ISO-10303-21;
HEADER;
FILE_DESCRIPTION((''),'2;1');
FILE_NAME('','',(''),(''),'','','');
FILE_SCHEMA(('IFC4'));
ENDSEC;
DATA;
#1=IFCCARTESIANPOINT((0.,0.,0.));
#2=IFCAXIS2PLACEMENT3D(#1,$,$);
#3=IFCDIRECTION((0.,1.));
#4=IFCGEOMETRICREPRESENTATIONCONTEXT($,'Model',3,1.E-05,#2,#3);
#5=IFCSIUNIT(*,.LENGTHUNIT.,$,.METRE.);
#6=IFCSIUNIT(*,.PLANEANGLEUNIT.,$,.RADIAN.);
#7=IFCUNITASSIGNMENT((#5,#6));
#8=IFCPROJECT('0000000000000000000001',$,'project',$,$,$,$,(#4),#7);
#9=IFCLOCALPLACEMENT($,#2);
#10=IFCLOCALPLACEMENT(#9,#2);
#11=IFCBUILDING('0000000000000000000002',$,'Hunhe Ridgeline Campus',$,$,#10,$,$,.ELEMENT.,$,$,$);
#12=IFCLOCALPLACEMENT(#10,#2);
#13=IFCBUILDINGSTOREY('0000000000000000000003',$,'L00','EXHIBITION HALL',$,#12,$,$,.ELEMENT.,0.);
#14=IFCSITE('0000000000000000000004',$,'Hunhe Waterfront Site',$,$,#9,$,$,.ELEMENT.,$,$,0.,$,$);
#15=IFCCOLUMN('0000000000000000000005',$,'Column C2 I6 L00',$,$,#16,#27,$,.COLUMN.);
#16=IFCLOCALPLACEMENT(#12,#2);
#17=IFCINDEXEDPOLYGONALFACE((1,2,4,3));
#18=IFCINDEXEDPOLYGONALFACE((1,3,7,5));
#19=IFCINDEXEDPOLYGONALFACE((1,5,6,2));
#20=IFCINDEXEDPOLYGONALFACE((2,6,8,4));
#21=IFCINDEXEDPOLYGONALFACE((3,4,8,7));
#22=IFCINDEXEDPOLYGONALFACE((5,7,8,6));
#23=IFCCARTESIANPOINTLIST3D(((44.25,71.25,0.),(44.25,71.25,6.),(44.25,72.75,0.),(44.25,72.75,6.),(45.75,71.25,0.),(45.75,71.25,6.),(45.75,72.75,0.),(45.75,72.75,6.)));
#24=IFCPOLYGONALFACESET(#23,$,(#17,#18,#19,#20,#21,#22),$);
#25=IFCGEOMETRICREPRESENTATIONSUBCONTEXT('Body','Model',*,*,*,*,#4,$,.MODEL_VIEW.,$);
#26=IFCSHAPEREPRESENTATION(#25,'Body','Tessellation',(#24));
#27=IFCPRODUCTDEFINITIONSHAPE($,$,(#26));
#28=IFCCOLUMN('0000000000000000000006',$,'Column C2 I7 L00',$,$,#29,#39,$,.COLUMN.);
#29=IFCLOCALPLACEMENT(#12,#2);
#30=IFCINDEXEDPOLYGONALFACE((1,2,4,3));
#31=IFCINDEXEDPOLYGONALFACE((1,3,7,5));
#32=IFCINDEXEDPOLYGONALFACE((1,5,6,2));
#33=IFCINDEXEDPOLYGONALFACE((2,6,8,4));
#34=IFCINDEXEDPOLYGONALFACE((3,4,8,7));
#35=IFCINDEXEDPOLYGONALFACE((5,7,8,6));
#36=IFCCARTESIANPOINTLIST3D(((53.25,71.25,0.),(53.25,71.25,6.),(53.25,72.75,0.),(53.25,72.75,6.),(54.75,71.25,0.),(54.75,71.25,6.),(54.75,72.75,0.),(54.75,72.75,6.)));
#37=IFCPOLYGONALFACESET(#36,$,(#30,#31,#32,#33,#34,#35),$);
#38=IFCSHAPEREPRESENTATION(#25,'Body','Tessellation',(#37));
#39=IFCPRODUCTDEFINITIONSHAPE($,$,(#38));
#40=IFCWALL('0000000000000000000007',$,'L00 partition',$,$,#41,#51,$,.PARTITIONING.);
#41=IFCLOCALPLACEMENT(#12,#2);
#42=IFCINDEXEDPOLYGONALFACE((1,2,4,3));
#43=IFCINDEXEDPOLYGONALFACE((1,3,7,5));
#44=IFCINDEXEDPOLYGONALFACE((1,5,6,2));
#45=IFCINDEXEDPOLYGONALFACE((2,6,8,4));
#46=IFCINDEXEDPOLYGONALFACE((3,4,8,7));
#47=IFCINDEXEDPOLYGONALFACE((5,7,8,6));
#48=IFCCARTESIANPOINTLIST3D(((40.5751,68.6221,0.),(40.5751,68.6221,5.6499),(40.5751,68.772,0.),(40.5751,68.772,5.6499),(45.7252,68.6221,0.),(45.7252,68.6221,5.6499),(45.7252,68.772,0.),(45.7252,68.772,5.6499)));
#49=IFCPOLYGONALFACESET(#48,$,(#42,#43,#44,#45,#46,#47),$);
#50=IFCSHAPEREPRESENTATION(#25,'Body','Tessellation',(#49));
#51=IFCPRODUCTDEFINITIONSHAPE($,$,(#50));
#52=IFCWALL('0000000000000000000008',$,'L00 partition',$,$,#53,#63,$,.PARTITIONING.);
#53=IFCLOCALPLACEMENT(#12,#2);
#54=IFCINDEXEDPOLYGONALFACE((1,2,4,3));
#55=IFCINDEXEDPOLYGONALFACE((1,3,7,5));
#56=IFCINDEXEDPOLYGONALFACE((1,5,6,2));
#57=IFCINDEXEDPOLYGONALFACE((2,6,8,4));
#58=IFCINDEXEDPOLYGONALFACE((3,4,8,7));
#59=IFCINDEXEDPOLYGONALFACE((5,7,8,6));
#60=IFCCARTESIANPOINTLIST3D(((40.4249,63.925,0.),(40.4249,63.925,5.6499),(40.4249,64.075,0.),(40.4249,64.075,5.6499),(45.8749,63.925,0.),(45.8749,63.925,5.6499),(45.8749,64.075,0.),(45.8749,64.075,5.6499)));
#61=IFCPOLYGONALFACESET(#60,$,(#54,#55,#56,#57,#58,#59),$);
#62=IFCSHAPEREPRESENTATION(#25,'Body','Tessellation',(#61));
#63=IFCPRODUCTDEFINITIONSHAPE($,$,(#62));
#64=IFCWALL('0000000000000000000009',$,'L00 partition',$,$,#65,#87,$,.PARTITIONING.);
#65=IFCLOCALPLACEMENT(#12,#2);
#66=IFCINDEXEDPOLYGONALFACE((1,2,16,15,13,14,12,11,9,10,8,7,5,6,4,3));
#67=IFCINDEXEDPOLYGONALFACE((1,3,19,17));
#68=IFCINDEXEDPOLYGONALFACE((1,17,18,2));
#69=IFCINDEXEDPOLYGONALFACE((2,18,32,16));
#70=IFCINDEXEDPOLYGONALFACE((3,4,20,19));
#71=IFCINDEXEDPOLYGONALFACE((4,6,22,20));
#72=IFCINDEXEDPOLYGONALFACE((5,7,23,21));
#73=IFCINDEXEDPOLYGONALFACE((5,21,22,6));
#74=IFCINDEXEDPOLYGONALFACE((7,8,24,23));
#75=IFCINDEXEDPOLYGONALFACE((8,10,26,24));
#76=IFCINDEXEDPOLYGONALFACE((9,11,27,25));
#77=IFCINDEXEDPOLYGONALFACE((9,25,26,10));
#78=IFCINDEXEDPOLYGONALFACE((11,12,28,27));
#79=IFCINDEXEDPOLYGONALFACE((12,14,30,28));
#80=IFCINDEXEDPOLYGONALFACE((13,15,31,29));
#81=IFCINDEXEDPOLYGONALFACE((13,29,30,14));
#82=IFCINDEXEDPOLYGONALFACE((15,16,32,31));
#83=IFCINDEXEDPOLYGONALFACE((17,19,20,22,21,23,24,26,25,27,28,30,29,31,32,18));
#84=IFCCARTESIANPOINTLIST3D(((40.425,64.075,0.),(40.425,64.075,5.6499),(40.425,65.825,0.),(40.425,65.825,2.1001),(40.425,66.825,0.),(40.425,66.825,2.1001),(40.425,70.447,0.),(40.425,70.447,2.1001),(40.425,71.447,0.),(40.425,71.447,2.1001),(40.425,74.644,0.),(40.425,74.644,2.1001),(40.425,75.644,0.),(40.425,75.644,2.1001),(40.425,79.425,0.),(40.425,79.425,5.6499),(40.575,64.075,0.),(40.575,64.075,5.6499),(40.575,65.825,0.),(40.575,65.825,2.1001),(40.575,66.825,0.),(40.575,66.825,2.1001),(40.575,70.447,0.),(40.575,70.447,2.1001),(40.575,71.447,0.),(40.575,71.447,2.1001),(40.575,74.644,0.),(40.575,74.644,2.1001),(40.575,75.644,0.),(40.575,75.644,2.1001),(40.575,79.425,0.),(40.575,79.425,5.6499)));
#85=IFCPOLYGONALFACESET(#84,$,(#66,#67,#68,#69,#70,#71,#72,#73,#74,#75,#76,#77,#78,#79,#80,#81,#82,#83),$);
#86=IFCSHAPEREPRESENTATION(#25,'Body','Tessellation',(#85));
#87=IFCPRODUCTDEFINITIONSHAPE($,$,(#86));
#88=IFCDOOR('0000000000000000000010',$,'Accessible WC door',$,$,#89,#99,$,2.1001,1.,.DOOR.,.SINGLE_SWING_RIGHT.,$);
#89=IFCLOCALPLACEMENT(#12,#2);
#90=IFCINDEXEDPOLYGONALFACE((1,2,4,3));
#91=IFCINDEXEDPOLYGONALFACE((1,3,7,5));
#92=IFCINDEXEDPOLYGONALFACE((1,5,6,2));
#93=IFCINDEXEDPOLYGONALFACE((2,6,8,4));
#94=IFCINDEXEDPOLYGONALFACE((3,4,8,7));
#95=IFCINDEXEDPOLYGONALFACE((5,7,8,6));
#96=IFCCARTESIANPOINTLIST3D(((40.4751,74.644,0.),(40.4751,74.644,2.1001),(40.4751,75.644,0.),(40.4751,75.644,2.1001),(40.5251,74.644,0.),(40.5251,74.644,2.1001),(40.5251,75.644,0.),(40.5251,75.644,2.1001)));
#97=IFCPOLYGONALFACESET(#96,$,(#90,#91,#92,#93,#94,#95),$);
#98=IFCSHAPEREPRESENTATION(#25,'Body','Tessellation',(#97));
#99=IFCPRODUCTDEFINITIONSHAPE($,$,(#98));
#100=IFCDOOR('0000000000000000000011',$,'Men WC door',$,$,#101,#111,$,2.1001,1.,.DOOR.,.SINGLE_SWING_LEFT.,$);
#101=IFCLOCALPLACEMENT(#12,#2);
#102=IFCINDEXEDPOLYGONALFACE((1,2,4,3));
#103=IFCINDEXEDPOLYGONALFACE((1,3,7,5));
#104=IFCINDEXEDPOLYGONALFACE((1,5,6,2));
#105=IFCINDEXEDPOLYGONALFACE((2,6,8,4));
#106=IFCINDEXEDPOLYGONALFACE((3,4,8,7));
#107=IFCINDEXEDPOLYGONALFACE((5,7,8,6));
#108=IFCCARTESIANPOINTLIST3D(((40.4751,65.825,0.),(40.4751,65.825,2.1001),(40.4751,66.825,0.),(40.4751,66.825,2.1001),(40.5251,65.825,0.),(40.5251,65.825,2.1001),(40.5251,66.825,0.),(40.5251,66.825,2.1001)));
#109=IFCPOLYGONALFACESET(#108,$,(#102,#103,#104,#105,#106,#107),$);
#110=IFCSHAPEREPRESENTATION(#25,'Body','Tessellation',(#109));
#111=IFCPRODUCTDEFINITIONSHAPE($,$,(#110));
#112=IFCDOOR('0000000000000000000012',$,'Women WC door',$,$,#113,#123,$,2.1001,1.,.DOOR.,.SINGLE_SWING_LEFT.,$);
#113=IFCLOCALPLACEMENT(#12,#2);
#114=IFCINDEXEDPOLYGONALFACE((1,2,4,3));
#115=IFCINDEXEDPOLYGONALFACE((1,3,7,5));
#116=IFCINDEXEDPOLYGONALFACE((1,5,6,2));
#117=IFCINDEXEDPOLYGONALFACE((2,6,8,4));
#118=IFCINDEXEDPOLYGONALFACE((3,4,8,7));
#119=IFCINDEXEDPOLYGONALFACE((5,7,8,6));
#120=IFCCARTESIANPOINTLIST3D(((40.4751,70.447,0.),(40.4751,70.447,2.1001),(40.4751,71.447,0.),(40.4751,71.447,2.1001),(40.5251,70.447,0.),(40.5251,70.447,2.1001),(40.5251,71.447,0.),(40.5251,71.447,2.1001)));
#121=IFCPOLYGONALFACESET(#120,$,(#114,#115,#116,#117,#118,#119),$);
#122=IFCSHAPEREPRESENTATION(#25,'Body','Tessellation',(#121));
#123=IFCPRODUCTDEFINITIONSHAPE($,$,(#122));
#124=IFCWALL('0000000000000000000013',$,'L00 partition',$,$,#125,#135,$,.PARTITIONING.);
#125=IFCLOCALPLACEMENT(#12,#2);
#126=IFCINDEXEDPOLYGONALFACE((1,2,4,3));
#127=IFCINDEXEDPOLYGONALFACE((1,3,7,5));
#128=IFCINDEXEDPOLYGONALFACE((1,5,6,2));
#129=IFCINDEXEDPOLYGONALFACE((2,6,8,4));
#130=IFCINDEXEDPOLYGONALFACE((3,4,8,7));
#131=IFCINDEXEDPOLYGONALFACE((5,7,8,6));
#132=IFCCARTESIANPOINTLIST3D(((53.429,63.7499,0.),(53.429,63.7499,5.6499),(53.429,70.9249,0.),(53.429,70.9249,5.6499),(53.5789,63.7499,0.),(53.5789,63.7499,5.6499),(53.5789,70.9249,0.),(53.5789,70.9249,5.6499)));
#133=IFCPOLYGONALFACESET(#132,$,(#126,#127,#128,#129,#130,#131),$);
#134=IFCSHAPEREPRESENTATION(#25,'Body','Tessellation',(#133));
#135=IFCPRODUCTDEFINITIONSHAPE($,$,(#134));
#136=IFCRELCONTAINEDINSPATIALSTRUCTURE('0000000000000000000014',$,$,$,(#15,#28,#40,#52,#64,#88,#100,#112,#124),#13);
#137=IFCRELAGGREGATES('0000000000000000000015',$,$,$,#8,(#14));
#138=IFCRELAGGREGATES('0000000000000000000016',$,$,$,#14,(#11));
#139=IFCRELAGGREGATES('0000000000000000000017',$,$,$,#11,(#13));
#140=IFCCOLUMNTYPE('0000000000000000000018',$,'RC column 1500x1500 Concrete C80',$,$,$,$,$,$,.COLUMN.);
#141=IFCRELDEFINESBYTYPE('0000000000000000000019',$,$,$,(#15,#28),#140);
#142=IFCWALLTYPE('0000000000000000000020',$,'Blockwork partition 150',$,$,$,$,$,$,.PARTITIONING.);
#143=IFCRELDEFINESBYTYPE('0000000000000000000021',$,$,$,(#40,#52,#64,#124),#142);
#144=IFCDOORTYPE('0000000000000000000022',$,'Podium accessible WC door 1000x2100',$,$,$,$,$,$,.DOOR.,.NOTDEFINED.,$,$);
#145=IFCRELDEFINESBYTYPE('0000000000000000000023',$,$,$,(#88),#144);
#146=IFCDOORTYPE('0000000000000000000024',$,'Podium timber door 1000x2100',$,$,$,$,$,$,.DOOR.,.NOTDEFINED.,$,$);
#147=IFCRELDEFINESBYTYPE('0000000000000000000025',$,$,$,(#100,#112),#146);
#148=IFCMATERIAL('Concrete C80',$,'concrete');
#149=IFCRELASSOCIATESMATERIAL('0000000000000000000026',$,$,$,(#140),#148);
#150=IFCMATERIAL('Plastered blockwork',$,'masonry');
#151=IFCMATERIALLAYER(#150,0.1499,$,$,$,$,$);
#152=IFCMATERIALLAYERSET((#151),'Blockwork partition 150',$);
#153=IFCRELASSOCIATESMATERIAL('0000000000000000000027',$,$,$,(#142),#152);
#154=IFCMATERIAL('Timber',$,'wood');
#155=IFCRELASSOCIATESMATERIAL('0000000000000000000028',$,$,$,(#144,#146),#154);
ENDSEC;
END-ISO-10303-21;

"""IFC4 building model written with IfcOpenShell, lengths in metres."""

from ifc_helpers import new_model, si_unit, direction, frame, frame_2d, origin, origin_2d, place, context, subcontext, project, spatial, rectangle, extrude, material, layer, layer_set, material_profile, profile_set, type_object, element, fill, save


model = new_model("IFC4")

# Units and contexts
model_context = context("Model", 3, precision=1e-05, world=origin(), true_north=direction((0.0, 1.0)))
body_context = subcontext(model_context, "Body", "Model", "MODEL_VIEW")
ifc_project = project(units=[si_unit("LENGTHUNIT", "METRE"), si_unit("PLANEANGLEUNIT", "RADIAN")], contexts=[model_context])

# Site, building, storey
site_placement = place(None, origin())
site = spatial("IfcSite", under=ifc_project, at=site_placement, Name="Hunhe Waterfront Site", CompositionType="ELEMENT", RefElevation=0.0)
building_placement = place(site_placement, origin())
building = spatial("IfcBuilding", under=site, at=building_placement, Name="Hunhe Ridgeline Campus", CompositionType="ELEMENT")
storey_placement = place(building_placement, origin())
storey = spatial("IfcBuildingStorey", under=building, at=storey_placement, Name="L00", Description="EXHIBITION HALL", CompositionType="ELEMENT", Elevation=0.0)

# Columns
ifc_material_1 = material(Name="Concrete C80", Category="concrete")
ifc_material_profile = material_profile(ifc_material_1, rectangle(XDim=1.5, YDim=1.5, at=origin_2d()))
ifc_profile_set = profile_set([ifc_material_profile], Name="Concrete C80")
column_type = type_object("IfcColumnType", Name="RC column 1500x1500 Concrete C80", PredefinedType="COLUMN", material=ifc_profile_set)
for number, where, z_axis, x_axis, name in (
    (1, (45.0, 72.0, 0.0), (0.0, 0.0, 1.0), (1.0, 0.0, 0.0), "Column C2 I6 L00"),
    (2, (54.0, 72.0, 0.0), (0.0, 0.0, 1.0), (1.0, 0.0, 0.0), "Column C2 I7 L00"),
):
    element("IfcColumn", number, at=place(storey_placement, frame(where, z_axis=z_axis, x_axis=x_axis)), inside=storey, type_object=column_type, Name=name, PredefinedType="COLUMN", context=body_context, shape_type="SweptSolid", body=[
        extrude(rectangle(XDim=1.5, YDim=1.5, at=origin_2d()), origin(), (0.0, 0.0, 1.0), 6.0),
    ])

# Walls
ifc_material_2 = material(Name="Plastered blockwork", Category="masonry")
ifc_layer = layer(ifc_material_2, 0.1499)
ifc_layer_set = layer_set([ifc_layer], Name="Blockwork partition 150")
wall_type = type_object("IfcWallType", Name="Blockwork partition 150", PredefinedType="PARTITIONING", material=ifc_layer_set)
wall_1_placement = place(storey_placement, frame((40.575, 68.697, 0.0), z_axis=(0.0, 0.0, 1.0), x_axis=(1.0, 0.0, 0.0)))
element("IfcWall", 3, at=wall_1_placement, inside=storey, type_object=wall_type, Name="L00 partition", PredefinedType="PARTITIONING", context=body_context, shape_type="SweptSolid", body=[
    extrude(rectangle(XDim=5.1501, YDim=0.1499, at=frame_2d((2.5752, 0.0))), origin(), (0.0, 0.0, 1.0), 5.6499),
])
wall_2_placement = place(storey_placement, frame((45.875, 64.0, 0.0), z_axis=(0.0, 0.0, 1.0), x_axis=(-1.0, 0.0, 0.0)))
element("IfcWall", 4, at=wall_2_placement, inside=storey, type_object=wall_type, Name="L00 partition", PredefinedType="PARTITIONING", context=body_context, shape_type="SweptSolid", body=[
    extrude(rectangle(XDim=5.45, YDim=0.1499, at=frame_2d((2.7251, 0.0))), origin(), (0.0, 0.0, 1.0), 5.6499),
])

# Wall, openings, doors
wall_3_placement = place(storey_placement, frame((40.5, 64.075, 0.0), z_axis=(0.0, 0.0, 1.0), x_axis=(0.0, 1.0, 0.0)))
wall_3 = element("IfcWall", 5, at=wall_3_placement, inside=storey, type_object=wall_type, Name="L00 partition", PredefinedType="PARTITIONING", context=body_context, shape_type="SweptSolid", body=[
    extrude(rectangle(XDim=15.3501, YDim=0.1499, at=frame_2d((7.675, 0.0))), origin(), (0.0, 0.0, 1.0), 5.6499),
])
opening_1_placement = place(wall_3_placement, frame((1.75, 0.0, 0.0)))
opening_1 = element("IfcOpeningElement", 6, at=opening_1_placement, cuts=wall_3, PredefinedType="OPENING", context=body_context, shape_type="SweptSolid", body=[
    extrude(rectangle(XDim=1.0, YDim=2.1001, at=frame_2d((0.5, 1.05))), frame((0.0, 0.075, 0.0), z_axis=(0.0, -1.0, 0.0), x_axis=(1.0, 0.0, 0.0)), (0.0, 0.0, 1.0), 0.1499),
])
opening_2_placement = place(wall_3_placement, frame((6.3721, 0.0, 0.0)))
opening_2 = element("IfcOpeningElement", 7, at=opening_2_placement, cuts=wall_3, PredefinedType="OPENING", context=body_context, shape_type="SweptSolid", body=[
    extrude(rectangle(XDim=1.0, YDim=2.1001, at=frame_2d((0.5, 1.05))), frame((0.0, 0.075, 0.0), z_axis=(0.0, -1.0, 0.0), x_axis=(1.0, 0.0, 0.0)), (0.0, 0.0, 1.0), 0.1499),
])
opening_3_placement = place(wall_3_placement, frame((10.5691, 0.0, 0.0)))
opening_3 = element("IfcOpeningElement", 8, at=opening_3_placement, cuts=wall_3, PredefinedType="OPENING", context=body_context, shape_type="SweptSolid", body=[
    extrude(rectangle(XDim=1.0, YDim=2.1001, at=frame_2d((0.5, 1.05))), frame((0.0, 0.075, 0.0), z_axis=(0.0, -1.0, 0.0), x_axis=(1.0, 0.0, 0.0)), (0.0, 0.0, 1.0), 0.1499),
])
ifc_material_3 = material(Name="Timber", Category="wood")
door_type_1 = type_object("IfcDoorType", Name="Podium accessible WC door 1000x2100", OperationType="NOTDEFINED", PredefinedType="DOOR", material=ifc_material_3)
door_1_placement = place(opening_3_placement, origin())
door_1 = element("IfcDoor", 9, at=door_1_placement, inside=storey, type_object=door_type_1, Name="Accessible WC door", OperationType="SINGLE_SWING_RIGHT", OverallHeight=2.1001, OverallWidth=1.0, PredefinedType="DOOR", context=body_context, shape_type="SweptSolid", body=[
    extrude(rectangle(XDim=1.0, YDim=2.1001, at=frame_2d((0.5, 1.05))), frame((0.0, 0.0249, 0.0), z_axis=(0.0, -1.0, 0.0), x_axis=(1.0, 0.0, 0.0)), (0.0, 0.0, 1.0), 0.05),
])
fill(opening_3, door_1)
door_type_2 = type_object("IfcDoorType", Name="Podium timber door 1000x2100", OperationType="NOTDEFINED", PredefinedType="DOOR", material=ifc_material_3)
door_2_placement = place(opening_1_placement, origin())
door_2 = element("IfcDoor", 10, at=door_2_placement, inside=storey, type_object=door_type_2, Name="Men WC door", OperationType="SINGLE_SWING_LEFT", OverallHeight=2.1001, OverallWidth=1.0, PredefinedType="DOOR", context=body_context, shape_type="SweptSolid", body=[
    extrude(rectangle(XDim=1.0, YDim=2.1001, at=frame_2d((0.5, 1.05))), frame((0.0, 0.0249, 0.0), z_axis=(0.0, -1.0, 0.0), x_axis=(1.0, 0.0, 0.0)), (0.0, 0.0, 1.0), 0.05),
])
fill(opening_1, door_2)
door_3_placement = place(opening_2_placement, origin())
door_3 = element("IfcDoor", 11, at=door_3_placement, inside=storey, type_object=door_type_2, Name="Women WC door", OperationType="SINGLE_SWING_LEFT", OverallHeight=2.1001, OverallWidth=1.0, PredefinedType="DOOR", context=body_context, shape_type="SweptSolid", body=[
    extrude(rectangle(XDim=1.0, YDim=2.1001, at=frame_2d((0.5, 1.05))), frame((0.0, 0.0249, 0.0), z_axis=(0.0, -1.0, 0.0), x_axis=(1.0, 0.0, 0.0)), (0.0, 0.0, 1.0), 0.05),
])
fill(opening_2, door_3)

# Wall
wall_4_placement = place(storey_placement, frame((53.5039, 63.75, 0.0), z_axis=(0.0, 0.0, 1.0), x_axis=(0.0, 1.0, 0.0)))
element("IfcWall", 12, at=wall_4_placement, inside=storey, type_object=wall_type, Name="L00 partition", PredefinedType="PARTITIONING", context=body_context, shape_type="SweptSolid", body=[
    extrude(rectangle(XDim=7.175, YDim=0.1499, at=frame_2d((3.5874, 0.0))), origin(), (0.0, 0.0, 1.0), 5.6499),
])

save(model, "model.ifc")
